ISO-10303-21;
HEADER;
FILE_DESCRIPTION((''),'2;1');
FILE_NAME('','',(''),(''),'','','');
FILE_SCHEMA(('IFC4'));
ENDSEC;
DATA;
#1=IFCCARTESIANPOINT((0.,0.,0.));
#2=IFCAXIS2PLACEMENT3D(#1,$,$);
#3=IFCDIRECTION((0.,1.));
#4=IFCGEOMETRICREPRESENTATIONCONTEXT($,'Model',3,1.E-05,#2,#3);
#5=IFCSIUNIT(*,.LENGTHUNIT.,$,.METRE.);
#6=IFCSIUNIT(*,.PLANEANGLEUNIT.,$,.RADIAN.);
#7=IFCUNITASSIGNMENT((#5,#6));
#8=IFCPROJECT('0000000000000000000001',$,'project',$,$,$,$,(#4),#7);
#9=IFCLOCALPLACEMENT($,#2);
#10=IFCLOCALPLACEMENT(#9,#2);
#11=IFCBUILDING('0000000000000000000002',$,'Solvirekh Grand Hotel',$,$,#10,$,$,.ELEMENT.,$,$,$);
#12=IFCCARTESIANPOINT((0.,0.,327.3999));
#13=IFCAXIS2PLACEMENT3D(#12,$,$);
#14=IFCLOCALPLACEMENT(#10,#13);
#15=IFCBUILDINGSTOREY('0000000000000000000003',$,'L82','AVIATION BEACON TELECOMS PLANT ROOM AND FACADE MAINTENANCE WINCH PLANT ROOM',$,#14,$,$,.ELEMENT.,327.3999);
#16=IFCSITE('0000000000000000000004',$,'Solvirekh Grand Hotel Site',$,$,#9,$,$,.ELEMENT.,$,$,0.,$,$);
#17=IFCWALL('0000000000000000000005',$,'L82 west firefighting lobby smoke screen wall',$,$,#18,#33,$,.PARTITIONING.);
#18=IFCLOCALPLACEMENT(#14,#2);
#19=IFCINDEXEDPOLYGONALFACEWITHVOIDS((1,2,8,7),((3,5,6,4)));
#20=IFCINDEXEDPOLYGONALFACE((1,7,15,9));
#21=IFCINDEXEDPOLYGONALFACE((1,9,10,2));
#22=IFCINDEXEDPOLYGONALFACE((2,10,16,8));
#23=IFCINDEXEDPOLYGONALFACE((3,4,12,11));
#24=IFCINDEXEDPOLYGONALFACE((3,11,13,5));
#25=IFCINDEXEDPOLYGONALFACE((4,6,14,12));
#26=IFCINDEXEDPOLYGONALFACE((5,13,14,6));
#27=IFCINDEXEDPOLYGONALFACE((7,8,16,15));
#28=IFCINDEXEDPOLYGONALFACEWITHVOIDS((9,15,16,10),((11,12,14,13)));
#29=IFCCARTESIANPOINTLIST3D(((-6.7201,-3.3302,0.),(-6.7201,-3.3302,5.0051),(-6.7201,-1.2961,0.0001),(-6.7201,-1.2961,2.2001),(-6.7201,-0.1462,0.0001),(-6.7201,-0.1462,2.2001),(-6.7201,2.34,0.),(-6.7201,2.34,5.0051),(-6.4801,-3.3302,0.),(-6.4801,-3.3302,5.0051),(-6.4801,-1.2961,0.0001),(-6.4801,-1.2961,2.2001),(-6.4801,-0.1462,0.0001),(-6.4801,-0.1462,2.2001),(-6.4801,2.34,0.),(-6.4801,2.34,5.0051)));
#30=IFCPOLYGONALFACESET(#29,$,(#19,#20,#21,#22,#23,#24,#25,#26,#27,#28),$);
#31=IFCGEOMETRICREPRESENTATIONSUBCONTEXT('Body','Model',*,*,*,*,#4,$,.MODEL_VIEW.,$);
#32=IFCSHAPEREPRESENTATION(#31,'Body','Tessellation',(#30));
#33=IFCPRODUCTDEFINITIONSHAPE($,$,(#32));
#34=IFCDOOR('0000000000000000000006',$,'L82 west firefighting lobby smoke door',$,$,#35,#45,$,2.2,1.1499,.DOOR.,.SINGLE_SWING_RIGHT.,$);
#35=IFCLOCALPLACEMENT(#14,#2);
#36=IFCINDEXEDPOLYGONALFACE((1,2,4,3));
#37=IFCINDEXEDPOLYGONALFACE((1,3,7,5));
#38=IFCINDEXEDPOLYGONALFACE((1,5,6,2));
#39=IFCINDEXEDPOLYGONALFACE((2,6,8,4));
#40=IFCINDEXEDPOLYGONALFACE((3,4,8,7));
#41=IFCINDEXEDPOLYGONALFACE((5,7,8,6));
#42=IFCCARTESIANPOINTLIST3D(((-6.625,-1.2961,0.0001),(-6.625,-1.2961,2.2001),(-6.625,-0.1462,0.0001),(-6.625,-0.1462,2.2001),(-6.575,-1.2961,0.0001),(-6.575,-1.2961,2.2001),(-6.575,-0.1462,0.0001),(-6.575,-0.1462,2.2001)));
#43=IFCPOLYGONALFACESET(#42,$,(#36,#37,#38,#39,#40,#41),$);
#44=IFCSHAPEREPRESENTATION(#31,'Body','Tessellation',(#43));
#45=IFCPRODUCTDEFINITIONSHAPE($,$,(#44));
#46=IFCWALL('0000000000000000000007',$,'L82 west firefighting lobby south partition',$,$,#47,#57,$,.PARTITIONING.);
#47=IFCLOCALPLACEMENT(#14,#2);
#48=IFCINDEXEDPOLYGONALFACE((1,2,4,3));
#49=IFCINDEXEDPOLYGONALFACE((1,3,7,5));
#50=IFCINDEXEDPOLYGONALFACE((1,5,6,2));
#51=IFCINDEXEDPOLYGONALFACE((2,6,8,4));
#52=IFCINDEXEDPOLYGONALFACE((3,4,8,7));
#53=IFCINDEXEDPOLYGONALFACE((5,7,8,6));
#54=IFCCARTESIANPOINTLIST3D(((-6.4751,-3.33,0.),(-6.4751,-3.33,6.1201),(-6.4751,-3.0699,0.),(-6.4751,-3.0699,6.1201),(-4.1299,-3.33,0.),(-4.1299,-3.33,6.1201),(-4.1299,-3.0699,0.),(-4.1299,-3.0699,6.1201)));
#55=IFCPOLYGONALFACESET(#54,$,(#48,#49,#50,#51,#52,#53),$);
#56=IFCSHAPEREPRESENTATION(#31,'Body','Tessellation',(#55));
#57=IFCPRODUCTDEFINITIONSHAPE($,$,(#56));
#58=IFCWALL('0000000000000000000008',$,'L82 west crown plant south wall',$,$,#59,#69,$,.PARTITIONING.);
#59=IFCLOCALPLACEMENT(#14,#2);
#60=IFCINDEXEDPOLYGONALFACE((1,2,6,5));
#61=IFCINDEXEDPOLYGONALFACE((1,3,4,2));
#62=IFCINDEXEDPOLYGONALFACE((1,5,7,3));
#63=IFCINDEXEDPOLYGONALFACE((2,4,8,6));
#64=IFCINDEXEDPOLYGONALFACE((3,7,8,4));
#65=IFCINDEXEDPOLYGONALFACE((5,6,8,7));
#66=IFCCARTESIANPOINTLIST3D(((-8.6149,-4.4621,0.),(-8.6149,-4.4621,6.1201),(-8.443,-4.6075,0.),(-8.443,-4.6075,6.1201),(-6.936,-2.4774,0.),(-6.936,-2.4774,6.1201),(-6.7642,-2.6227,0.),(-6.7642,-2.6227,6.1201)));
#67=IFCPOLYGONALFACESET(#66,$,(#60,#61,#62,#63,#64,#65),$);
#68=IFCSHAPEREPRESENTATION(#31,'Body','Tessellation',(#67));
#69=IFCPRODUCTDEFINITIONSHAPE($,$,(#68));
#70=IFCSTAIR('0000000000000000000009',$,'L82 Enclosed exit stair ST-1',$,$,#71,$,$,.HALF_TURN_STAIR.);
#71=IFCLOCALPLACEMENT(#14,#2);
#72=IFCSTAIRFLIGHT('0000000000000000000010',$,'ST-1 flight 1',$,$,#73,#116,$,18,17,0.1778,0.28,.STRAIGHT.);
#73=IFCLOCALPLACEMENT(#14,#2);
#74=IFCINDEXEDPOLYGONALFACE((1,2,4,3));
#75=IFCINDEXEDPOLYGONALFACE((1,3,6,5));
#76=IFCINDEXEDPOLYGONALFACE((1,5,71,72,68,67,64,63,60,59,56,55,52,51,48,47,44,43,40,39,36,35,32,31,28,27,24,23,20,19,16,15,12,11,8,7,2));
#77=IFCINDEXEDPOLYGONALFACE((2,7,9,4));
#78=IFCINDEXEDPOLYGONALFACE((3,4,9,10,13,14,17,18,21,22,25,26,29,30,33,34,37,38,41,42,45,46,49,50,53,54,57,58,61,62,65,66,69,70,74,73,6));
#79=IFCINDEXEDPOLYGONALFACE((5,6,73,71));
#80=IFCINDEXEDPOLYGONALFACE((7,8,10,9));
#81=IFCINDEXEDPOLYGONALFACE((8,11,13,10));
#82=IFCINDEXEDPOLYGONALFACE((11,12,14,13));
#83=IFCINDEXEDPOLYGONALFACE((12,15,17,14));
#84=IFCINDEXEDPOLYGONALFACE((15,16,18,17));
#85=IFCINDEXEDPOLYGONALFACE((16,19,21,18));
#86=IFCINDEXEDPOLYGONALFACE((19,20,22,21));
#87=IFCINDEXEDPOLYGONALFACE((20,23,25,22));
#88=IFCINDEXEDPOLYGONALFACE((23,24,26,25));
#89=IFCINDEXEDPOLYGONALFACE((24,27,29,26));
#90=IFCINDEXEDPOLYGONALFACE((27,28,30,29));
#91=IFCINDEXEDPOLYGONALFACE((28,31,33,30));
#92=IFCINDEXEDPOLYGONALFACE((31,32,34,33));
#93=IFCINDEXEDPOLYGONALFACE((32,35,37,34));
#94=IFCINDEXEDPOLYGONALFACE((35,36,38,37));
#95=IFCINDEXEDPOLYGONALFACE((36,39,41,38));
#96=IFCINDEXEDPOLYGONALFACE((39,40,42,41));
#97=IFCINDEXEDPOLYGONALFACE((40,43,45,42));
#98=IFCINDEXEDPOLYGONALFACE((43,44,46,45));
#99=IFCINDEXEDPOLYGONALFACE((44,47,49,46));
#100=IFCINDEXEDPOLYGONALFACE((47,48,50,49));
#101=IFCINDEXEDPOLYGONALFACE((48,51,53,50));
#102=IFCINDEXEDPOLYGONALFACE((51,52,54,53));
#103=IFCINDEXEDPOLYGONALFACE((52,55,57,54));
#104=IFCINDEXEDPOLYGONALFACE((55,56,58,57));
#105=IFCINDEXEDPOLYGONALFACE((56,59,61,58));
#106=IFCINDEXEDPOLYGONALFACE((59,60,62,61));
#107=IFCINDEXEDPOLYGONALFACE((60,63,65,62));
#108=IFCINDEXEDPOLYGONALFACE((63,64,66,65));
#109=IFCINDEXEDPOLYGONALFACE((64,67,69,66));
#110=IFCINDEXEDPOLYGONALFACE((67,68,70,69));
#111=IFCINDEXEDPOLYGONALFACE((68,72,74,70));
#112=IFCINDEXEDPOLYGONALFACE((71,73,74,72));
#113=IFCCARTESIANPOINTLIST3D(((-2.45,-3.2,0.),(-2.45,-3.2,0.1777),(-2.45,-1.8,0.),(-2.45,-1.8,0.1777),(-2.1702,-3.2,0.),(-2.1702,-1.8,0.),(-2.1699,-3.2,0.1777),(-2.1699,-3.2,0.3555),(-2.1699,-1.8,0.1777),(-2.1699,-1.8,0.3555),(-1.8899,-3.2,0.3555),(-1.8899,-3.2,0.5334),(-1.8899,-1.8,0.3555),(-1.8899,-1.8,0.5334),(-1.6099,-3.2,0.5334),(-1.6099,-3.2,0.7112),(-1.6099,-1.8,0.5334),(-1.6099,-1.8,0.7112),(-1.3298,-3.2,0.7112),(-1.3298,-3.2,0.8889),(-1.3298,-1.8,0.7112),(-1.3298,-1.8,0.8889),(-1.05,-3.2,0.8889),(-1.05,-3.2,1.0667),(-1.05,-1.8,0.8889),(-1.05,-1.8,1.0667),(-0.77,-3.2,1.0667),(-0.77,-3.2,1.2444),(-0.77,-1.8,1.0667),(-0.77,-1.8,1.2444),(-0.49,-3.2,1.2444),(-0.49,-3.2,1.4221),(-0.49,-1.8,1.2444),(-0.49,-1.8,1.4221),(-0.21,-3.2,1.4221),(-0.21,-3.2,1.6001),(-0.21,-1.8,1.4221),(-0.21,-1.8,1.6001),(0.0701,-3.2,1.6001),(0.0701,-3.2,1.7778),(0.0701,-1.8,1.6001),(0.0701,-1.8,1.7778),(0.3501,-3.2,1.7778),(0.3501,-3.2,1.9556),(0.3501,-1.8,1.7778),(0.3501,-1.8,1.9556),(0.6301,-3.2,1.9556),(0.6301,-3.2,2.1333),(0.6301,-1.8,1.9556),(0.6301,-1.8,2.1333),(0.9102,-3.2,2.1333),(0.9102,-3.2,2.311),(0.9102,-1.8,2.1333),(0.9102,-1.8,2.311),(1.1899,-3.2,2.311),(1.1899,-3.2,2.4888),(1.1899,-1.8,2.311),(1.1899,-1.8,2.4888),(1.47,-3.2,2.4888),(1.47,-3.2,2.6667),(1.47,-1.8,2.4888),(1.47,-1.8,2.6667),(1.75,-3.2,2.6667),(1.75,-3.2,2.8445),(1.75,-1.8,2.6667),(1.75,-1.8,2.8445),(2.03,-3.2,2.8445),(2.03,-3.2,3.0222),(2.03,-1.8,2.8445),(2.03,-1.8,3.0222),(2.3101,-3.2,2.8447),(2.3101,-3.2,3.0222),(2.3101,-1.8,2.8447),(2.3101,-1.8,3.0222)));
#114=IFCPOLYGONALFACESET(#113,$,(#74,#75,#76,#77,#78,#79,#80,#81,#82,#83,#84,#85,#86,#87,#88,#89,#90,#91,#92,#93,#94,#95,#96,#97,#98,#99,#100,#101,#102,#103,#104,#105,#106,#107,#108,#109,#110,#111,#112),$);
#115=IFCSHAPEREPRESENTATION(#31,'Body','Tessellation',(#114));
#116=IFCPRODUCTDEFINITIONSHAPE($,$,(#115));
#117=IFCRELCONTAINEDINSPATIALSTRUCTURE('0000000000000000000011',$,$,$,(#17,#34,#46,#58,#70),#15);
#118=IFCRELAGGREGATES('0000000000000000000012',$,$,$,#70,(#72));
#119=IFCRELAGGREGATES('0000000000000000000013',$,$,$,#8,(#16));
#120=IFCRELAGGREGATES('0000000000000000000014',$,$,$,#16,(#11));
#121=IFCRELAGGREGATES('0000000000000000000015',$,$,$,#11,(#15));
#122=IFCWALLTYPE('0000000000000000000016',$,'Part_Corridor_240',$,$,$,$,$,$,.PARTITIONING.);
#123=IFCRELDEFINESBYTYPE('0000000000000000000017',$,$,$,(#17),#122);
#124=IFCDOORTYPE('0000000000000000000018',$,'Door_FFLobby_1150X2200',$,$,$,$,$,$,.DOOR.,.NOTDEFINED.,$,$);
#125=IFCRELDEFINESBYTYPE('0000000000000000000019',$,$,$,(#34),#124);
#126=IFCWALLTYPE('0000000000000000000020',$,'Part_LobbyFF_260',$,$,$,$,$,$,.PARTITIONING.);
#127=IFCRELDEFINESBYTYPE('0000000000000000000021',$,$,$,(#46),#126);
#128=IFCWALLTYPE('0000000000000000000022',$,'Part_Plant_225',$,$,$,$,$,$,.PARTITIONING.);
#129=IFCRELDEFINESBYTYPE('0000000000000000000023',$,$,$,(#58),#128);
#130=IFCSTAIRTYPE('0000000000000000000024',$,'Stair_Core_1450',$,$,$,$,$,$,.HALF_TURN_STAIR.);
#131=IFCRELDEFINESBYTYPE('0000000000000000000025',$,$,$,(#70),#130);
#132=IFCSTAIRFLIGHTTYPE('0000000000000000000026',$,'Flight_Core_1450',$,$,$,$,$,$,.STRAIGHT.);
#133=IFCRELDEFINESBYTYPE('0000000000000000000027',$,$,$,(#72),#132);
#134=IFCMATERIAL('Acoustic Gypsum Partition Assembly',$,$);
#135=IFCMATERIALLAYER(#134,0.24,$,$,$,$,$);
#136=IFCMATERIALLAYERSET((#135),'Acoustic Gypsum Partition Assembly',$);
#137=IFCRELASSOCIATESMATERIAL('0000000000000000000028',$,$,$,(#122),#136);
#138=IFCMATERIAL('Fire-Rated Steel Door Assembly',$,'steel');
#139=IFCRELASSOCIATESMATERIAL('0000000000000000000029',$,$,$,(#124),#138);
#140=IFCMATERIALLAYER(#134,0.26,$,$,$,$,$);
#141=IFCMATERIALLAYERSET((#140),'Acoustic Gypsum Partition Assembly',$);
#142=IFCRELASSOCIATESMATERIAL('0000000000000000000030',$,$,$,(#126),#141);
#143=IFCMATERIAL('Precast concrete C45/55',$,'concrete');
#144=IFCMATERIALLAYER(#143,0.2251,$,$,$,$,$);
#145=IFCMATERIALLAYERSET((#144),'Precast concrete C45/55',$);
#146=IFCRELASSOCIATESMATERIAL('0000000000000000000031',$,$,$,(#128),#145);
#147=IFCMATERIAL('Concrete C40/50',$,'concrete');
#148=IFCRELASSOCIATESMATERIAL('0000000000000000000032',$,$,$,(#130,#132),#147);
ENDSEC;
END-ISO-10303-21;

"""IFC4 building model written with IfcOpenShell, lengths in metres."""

from ifc_helpers import new_model, si_unit, direction, frame, frame_2d, origin, place, context, subcontext, project, spatial, polyline, rectangle, outline, extrude, material, layer, layer_set, type_object, element, fill, aggregate, save


model = new_model("IFC4")

# Units and contexts
model_context = context("Model", 3, precision=1e-05, world=origin(), true_north=direction((0.0, 1.0)))
body_context = subcontext(model_context, "Body", "Model", "MODEL_VIEW")
ifc_project = project(units=[si_unit("LENGTHUNIT", "METRE"), si_unit("PLANEANGLEUNIT", "RADIAN")], contexts=[model_context])

# Site, building, storey
site_placement = place(None, origin())
site = spatial("IfcSite", under=ifc_project, at=site_placement, Name="Solvirekh Grand Hotel Site", CompositionType="ELEMENT", RefElevation=0.0)
building_placement = place(site_placement, origin())
building = spatial("IfcBuilding", under=site, at=building_placement, Name="Solvirekh Grand Hotel", CompositionType="ELEMENT")
storey_placement = place(building_placement, frame((0.0, 0.0, 327.3999)))
storey = spatial("IfcBuildingStorey", under=building, at=storey_placement, Name="L82", Description="AVIATION BEACON TELECOMS PLANT ROOM AND FACADE MAINTENANCE WINCH PLANT ROOM", CompositionType="ELEMENT", Elevation=327.3999)

# Shared definitions
ifc_material_1 = material(Name="Concrete C40/50", Category="concrete")
ifc_material_2 = material(Name="Fire-Rated Steel Door Assembly", Category="steel")

# Wall, opening, door
ifc_material_3 = material(Name="Acoustic Gypsum Partition Assembly")
ifc_layer_1 = layer(ifc_material_3, 0.24)
ifc_layer_set_1 = layer_set([ifc_layer_1], Name="Acoustic Gypsum Partition Assembly")
wall_type_1 = type_object("IfcWallType", Name="Part_Corridor_240", PredefinedType="PARTITIONING", material=ifc_layer_set_1)
wall_1_placement = place(storey_placement, frame((-6.6001, -3.3301, 0.0), z_axis=(0.0, 0.0, 1.0), x_axis=(0.0, 1.0, 0.0)))
wall_1 = element("IfcWall", 1, at=wall_1_placement, inside=storey, type_object=wall_type_1, Name="L82 west firefighting lobby smoke screen wall", PredefinedType="PARTITIONING", context=body_context, shape_type="SweptSolid", body=[
    extrude(rectangle(XDim=5.6702, YDim=0.24, at=frame_2d((2.835, 0.0))), origin(), (0.0, 0.0, 1.0), 5.0051),
])
opening_1_placement = place(wall_1_placement, frame((2.0339, 0.0, 0.0)))
opening_1 = element("IfcOpeningElement", 2, at=opening_1_placement, cuts=wall_1, PredefinedType="OPENING", context=body_context, shape_type="SweptSolid", body=[
    extrude(rectangle(XDim=1.1499, YDim=2.2, at=frame_2d((0.575, 1.1001))), frame((0.0, 0.1299, 0.0), z_axis=(0.0, -1.0, 0.0), x_axis=(1.0, 0.0, 0.0)), (0.0, 0.0, 1.0), 0.26),
])
door_type_1 = type_object("IfcDoorType", Name="Door_FFLobby_1150X2200", OperationType="NOTDEFINED", PredefinedType="DOOR", material=ifc_material_2)
door_1_placement = place(opening_1_placement, origin())
door_1 = element("IfcDoor", 3, at=door_1_placement, inside=storey, type_object=door_type_1, Name="L82 west firefighting lobby smoke door", OperationType="SINGLE_SWING_RIGHT", OverallHeight=2.2, OverallWidth=1.1499, PredefinedType="DOOR", context=body_context, shape_type="SweptSolid", body=[
    extrude(rectangle(XDim=1.1499, YDim=2.2, at=frame_2d((0.575, 1.1001))), frame((0.0, 0.0249, 0.0), z_axis=(0.0, -1.0, 0.0), x_axis=(1.0, 0.0, 0.0)), (0.0, 0.0, 1.0), 0.05),
])
fill(opening_1, door_1)

# Walls
ifc_layer_2 = layer(ifc_material_3, 0.26)
ifc_layer_set_2 = layer_set([ifc_layer_2], Name="Acoustic Gypsum Partition Assembly")
wall_type_2 = type_object("IfcWallType", Name="Part_LobbyFF_260", PredefinedType="PARTITIONING", material=ifc_layer_set_2)
wall_2_placement = place(storey_placement, frame((-6.4751, -3.2, 0.0), z_axis=(0.0, 0.0, 1.0), x_axis=(1.0, 0.0, 0.0)))
element("IfcWall", 4, at=wall_2_placement, inside=storey, type_object=wall_type_2, Name="L82 west firefighting lobby south partition", PredefinedType="PARTITIONING", context=body_context, shape_type="SweptSolid", body=[
    extrude(rectangle(XDim=2.3452, YDim=0.26, at=frame_2d((1.1726, 0.0))), origin(), (0.0, 0.0, 1.0), 6.1201),
])
ifc_material_4 = material(Name="Precast concrete C45/55", Category="concrete")
ifc_layer_3 = layer(ifc_material_4, 0.2251)
ifc_layer_set_3 = layer_set([ifc_layer_3], Name="Precast concrete C45/55")
wall_type_3 = type_object("IfcWallType", Name="Part_Plant_225", PredefinedType="PARTITIONING", material=ifc_layer_set_3)
wall_3_placement = place(storey_placement, frame((-6.8501, -2.55, 0.0), z_axis=(0.0, 0.0, 1.0), x_axis=(-0.64582, -0.76349, 0.0)))
element("IfcWall", 5, at=wall_3_placement, inside=storey, type_object=wall_type_3, Name="L82 west crown plant south wall", PredefinedType="PARTITIONING", context=body_context, shape_type="SweptSolid", body=[
    extrude(rectangle(XDim=2.5996, YDim=0.2251, at=frame_2d((1.2998, 0.0))), origin(), (0.0, 0.0, 1.0), 6.1201),
])

# Stair, stair flight
stair_type = type_object("IfcStairType", Name="Stair_Core_1450", PredefinedType="HALF_TURN_STAIR", material=ifc_material_1)
stair_placement = place(storey_placement, origin())
stair = element("IfcStair", 6, at=stair_placement, inside=storey, type_object=stair_type, Name="L82 Enclosed exit stair ST-1", PredefinedType="HALF_TURN_STAIR")
stair_flight_type = type_object("IfcStairFlightType", Name="Flight_Core_1450", PredefinedType="STRAIGHT", material=ifc_material_1)
stair_flight_placement = place(storey_placement, frame((-2.45, -2.5, 0.0), z_axis=(0.0, 0.0, 1.0), x_axis=(1.0, 0.0, 0.0)))
stair_flight = element("IfcStairFlight", 7, at=stair_flight_placement, type_object=stair_flight_type, Name="ST-1 flight 1", NumberOfRisers=18, NumberOfTreads=17, PredefinedType="STRAIGHT", RiserHeight=0.1778, TreadLength=0.28, context=body_context, shape_type="SweptSolid", body=[
    extrude(outline(polyline([(0.0, 0.0), (0.0, 0.1777), (0.28, 0.1777), (0.28, 0.3555), (0.5601, 0.3555), (0.5601, 0.5334), (0.8401, 0.5334), (0.8401, 0.7112), (1.1201, 0.7112), (1.1201, 0.8889), (1.3999, 0.8889), (1.3999, 1.0667), (1.6799, 1.0667), (1.6799, 1.2444), (1.96, 1.2444), (1.96, 1.4221), (2.24, 1.4221), (2.24, 1.6001), (2.52, 1.6001), (2.52, 1.7778), (2.8, 1.7778), (2.8, 1.9556), (3.0801, 1.9556), (3.0801, 2.1333), (3.3601, 2.1333), (3.3601, 2.311), (3.6399, 2.311), (3.6399, 2.4888), (3.9199, 2.4888), (3.9199, 2.6667), (4.2, 2.6667), (4.2, 2.8445), (4.48, 2.8445), (4.48, 3.0222), (4.76, 3.0222), (4.76, 3.2), (4.76, 2.8447), (0.2798, 0.0), (0.0, 0.0)])), frame((0.0, 0.7, 0.0), z_axis=(0.0, -1.0, 0.0), x_axis=(1.0, 0.0, 0.0)), (0.0, 0.0, 1.0), 1.3999),
])
aggregate(stair, [stair_flight])

save(model, "model.ifc")
